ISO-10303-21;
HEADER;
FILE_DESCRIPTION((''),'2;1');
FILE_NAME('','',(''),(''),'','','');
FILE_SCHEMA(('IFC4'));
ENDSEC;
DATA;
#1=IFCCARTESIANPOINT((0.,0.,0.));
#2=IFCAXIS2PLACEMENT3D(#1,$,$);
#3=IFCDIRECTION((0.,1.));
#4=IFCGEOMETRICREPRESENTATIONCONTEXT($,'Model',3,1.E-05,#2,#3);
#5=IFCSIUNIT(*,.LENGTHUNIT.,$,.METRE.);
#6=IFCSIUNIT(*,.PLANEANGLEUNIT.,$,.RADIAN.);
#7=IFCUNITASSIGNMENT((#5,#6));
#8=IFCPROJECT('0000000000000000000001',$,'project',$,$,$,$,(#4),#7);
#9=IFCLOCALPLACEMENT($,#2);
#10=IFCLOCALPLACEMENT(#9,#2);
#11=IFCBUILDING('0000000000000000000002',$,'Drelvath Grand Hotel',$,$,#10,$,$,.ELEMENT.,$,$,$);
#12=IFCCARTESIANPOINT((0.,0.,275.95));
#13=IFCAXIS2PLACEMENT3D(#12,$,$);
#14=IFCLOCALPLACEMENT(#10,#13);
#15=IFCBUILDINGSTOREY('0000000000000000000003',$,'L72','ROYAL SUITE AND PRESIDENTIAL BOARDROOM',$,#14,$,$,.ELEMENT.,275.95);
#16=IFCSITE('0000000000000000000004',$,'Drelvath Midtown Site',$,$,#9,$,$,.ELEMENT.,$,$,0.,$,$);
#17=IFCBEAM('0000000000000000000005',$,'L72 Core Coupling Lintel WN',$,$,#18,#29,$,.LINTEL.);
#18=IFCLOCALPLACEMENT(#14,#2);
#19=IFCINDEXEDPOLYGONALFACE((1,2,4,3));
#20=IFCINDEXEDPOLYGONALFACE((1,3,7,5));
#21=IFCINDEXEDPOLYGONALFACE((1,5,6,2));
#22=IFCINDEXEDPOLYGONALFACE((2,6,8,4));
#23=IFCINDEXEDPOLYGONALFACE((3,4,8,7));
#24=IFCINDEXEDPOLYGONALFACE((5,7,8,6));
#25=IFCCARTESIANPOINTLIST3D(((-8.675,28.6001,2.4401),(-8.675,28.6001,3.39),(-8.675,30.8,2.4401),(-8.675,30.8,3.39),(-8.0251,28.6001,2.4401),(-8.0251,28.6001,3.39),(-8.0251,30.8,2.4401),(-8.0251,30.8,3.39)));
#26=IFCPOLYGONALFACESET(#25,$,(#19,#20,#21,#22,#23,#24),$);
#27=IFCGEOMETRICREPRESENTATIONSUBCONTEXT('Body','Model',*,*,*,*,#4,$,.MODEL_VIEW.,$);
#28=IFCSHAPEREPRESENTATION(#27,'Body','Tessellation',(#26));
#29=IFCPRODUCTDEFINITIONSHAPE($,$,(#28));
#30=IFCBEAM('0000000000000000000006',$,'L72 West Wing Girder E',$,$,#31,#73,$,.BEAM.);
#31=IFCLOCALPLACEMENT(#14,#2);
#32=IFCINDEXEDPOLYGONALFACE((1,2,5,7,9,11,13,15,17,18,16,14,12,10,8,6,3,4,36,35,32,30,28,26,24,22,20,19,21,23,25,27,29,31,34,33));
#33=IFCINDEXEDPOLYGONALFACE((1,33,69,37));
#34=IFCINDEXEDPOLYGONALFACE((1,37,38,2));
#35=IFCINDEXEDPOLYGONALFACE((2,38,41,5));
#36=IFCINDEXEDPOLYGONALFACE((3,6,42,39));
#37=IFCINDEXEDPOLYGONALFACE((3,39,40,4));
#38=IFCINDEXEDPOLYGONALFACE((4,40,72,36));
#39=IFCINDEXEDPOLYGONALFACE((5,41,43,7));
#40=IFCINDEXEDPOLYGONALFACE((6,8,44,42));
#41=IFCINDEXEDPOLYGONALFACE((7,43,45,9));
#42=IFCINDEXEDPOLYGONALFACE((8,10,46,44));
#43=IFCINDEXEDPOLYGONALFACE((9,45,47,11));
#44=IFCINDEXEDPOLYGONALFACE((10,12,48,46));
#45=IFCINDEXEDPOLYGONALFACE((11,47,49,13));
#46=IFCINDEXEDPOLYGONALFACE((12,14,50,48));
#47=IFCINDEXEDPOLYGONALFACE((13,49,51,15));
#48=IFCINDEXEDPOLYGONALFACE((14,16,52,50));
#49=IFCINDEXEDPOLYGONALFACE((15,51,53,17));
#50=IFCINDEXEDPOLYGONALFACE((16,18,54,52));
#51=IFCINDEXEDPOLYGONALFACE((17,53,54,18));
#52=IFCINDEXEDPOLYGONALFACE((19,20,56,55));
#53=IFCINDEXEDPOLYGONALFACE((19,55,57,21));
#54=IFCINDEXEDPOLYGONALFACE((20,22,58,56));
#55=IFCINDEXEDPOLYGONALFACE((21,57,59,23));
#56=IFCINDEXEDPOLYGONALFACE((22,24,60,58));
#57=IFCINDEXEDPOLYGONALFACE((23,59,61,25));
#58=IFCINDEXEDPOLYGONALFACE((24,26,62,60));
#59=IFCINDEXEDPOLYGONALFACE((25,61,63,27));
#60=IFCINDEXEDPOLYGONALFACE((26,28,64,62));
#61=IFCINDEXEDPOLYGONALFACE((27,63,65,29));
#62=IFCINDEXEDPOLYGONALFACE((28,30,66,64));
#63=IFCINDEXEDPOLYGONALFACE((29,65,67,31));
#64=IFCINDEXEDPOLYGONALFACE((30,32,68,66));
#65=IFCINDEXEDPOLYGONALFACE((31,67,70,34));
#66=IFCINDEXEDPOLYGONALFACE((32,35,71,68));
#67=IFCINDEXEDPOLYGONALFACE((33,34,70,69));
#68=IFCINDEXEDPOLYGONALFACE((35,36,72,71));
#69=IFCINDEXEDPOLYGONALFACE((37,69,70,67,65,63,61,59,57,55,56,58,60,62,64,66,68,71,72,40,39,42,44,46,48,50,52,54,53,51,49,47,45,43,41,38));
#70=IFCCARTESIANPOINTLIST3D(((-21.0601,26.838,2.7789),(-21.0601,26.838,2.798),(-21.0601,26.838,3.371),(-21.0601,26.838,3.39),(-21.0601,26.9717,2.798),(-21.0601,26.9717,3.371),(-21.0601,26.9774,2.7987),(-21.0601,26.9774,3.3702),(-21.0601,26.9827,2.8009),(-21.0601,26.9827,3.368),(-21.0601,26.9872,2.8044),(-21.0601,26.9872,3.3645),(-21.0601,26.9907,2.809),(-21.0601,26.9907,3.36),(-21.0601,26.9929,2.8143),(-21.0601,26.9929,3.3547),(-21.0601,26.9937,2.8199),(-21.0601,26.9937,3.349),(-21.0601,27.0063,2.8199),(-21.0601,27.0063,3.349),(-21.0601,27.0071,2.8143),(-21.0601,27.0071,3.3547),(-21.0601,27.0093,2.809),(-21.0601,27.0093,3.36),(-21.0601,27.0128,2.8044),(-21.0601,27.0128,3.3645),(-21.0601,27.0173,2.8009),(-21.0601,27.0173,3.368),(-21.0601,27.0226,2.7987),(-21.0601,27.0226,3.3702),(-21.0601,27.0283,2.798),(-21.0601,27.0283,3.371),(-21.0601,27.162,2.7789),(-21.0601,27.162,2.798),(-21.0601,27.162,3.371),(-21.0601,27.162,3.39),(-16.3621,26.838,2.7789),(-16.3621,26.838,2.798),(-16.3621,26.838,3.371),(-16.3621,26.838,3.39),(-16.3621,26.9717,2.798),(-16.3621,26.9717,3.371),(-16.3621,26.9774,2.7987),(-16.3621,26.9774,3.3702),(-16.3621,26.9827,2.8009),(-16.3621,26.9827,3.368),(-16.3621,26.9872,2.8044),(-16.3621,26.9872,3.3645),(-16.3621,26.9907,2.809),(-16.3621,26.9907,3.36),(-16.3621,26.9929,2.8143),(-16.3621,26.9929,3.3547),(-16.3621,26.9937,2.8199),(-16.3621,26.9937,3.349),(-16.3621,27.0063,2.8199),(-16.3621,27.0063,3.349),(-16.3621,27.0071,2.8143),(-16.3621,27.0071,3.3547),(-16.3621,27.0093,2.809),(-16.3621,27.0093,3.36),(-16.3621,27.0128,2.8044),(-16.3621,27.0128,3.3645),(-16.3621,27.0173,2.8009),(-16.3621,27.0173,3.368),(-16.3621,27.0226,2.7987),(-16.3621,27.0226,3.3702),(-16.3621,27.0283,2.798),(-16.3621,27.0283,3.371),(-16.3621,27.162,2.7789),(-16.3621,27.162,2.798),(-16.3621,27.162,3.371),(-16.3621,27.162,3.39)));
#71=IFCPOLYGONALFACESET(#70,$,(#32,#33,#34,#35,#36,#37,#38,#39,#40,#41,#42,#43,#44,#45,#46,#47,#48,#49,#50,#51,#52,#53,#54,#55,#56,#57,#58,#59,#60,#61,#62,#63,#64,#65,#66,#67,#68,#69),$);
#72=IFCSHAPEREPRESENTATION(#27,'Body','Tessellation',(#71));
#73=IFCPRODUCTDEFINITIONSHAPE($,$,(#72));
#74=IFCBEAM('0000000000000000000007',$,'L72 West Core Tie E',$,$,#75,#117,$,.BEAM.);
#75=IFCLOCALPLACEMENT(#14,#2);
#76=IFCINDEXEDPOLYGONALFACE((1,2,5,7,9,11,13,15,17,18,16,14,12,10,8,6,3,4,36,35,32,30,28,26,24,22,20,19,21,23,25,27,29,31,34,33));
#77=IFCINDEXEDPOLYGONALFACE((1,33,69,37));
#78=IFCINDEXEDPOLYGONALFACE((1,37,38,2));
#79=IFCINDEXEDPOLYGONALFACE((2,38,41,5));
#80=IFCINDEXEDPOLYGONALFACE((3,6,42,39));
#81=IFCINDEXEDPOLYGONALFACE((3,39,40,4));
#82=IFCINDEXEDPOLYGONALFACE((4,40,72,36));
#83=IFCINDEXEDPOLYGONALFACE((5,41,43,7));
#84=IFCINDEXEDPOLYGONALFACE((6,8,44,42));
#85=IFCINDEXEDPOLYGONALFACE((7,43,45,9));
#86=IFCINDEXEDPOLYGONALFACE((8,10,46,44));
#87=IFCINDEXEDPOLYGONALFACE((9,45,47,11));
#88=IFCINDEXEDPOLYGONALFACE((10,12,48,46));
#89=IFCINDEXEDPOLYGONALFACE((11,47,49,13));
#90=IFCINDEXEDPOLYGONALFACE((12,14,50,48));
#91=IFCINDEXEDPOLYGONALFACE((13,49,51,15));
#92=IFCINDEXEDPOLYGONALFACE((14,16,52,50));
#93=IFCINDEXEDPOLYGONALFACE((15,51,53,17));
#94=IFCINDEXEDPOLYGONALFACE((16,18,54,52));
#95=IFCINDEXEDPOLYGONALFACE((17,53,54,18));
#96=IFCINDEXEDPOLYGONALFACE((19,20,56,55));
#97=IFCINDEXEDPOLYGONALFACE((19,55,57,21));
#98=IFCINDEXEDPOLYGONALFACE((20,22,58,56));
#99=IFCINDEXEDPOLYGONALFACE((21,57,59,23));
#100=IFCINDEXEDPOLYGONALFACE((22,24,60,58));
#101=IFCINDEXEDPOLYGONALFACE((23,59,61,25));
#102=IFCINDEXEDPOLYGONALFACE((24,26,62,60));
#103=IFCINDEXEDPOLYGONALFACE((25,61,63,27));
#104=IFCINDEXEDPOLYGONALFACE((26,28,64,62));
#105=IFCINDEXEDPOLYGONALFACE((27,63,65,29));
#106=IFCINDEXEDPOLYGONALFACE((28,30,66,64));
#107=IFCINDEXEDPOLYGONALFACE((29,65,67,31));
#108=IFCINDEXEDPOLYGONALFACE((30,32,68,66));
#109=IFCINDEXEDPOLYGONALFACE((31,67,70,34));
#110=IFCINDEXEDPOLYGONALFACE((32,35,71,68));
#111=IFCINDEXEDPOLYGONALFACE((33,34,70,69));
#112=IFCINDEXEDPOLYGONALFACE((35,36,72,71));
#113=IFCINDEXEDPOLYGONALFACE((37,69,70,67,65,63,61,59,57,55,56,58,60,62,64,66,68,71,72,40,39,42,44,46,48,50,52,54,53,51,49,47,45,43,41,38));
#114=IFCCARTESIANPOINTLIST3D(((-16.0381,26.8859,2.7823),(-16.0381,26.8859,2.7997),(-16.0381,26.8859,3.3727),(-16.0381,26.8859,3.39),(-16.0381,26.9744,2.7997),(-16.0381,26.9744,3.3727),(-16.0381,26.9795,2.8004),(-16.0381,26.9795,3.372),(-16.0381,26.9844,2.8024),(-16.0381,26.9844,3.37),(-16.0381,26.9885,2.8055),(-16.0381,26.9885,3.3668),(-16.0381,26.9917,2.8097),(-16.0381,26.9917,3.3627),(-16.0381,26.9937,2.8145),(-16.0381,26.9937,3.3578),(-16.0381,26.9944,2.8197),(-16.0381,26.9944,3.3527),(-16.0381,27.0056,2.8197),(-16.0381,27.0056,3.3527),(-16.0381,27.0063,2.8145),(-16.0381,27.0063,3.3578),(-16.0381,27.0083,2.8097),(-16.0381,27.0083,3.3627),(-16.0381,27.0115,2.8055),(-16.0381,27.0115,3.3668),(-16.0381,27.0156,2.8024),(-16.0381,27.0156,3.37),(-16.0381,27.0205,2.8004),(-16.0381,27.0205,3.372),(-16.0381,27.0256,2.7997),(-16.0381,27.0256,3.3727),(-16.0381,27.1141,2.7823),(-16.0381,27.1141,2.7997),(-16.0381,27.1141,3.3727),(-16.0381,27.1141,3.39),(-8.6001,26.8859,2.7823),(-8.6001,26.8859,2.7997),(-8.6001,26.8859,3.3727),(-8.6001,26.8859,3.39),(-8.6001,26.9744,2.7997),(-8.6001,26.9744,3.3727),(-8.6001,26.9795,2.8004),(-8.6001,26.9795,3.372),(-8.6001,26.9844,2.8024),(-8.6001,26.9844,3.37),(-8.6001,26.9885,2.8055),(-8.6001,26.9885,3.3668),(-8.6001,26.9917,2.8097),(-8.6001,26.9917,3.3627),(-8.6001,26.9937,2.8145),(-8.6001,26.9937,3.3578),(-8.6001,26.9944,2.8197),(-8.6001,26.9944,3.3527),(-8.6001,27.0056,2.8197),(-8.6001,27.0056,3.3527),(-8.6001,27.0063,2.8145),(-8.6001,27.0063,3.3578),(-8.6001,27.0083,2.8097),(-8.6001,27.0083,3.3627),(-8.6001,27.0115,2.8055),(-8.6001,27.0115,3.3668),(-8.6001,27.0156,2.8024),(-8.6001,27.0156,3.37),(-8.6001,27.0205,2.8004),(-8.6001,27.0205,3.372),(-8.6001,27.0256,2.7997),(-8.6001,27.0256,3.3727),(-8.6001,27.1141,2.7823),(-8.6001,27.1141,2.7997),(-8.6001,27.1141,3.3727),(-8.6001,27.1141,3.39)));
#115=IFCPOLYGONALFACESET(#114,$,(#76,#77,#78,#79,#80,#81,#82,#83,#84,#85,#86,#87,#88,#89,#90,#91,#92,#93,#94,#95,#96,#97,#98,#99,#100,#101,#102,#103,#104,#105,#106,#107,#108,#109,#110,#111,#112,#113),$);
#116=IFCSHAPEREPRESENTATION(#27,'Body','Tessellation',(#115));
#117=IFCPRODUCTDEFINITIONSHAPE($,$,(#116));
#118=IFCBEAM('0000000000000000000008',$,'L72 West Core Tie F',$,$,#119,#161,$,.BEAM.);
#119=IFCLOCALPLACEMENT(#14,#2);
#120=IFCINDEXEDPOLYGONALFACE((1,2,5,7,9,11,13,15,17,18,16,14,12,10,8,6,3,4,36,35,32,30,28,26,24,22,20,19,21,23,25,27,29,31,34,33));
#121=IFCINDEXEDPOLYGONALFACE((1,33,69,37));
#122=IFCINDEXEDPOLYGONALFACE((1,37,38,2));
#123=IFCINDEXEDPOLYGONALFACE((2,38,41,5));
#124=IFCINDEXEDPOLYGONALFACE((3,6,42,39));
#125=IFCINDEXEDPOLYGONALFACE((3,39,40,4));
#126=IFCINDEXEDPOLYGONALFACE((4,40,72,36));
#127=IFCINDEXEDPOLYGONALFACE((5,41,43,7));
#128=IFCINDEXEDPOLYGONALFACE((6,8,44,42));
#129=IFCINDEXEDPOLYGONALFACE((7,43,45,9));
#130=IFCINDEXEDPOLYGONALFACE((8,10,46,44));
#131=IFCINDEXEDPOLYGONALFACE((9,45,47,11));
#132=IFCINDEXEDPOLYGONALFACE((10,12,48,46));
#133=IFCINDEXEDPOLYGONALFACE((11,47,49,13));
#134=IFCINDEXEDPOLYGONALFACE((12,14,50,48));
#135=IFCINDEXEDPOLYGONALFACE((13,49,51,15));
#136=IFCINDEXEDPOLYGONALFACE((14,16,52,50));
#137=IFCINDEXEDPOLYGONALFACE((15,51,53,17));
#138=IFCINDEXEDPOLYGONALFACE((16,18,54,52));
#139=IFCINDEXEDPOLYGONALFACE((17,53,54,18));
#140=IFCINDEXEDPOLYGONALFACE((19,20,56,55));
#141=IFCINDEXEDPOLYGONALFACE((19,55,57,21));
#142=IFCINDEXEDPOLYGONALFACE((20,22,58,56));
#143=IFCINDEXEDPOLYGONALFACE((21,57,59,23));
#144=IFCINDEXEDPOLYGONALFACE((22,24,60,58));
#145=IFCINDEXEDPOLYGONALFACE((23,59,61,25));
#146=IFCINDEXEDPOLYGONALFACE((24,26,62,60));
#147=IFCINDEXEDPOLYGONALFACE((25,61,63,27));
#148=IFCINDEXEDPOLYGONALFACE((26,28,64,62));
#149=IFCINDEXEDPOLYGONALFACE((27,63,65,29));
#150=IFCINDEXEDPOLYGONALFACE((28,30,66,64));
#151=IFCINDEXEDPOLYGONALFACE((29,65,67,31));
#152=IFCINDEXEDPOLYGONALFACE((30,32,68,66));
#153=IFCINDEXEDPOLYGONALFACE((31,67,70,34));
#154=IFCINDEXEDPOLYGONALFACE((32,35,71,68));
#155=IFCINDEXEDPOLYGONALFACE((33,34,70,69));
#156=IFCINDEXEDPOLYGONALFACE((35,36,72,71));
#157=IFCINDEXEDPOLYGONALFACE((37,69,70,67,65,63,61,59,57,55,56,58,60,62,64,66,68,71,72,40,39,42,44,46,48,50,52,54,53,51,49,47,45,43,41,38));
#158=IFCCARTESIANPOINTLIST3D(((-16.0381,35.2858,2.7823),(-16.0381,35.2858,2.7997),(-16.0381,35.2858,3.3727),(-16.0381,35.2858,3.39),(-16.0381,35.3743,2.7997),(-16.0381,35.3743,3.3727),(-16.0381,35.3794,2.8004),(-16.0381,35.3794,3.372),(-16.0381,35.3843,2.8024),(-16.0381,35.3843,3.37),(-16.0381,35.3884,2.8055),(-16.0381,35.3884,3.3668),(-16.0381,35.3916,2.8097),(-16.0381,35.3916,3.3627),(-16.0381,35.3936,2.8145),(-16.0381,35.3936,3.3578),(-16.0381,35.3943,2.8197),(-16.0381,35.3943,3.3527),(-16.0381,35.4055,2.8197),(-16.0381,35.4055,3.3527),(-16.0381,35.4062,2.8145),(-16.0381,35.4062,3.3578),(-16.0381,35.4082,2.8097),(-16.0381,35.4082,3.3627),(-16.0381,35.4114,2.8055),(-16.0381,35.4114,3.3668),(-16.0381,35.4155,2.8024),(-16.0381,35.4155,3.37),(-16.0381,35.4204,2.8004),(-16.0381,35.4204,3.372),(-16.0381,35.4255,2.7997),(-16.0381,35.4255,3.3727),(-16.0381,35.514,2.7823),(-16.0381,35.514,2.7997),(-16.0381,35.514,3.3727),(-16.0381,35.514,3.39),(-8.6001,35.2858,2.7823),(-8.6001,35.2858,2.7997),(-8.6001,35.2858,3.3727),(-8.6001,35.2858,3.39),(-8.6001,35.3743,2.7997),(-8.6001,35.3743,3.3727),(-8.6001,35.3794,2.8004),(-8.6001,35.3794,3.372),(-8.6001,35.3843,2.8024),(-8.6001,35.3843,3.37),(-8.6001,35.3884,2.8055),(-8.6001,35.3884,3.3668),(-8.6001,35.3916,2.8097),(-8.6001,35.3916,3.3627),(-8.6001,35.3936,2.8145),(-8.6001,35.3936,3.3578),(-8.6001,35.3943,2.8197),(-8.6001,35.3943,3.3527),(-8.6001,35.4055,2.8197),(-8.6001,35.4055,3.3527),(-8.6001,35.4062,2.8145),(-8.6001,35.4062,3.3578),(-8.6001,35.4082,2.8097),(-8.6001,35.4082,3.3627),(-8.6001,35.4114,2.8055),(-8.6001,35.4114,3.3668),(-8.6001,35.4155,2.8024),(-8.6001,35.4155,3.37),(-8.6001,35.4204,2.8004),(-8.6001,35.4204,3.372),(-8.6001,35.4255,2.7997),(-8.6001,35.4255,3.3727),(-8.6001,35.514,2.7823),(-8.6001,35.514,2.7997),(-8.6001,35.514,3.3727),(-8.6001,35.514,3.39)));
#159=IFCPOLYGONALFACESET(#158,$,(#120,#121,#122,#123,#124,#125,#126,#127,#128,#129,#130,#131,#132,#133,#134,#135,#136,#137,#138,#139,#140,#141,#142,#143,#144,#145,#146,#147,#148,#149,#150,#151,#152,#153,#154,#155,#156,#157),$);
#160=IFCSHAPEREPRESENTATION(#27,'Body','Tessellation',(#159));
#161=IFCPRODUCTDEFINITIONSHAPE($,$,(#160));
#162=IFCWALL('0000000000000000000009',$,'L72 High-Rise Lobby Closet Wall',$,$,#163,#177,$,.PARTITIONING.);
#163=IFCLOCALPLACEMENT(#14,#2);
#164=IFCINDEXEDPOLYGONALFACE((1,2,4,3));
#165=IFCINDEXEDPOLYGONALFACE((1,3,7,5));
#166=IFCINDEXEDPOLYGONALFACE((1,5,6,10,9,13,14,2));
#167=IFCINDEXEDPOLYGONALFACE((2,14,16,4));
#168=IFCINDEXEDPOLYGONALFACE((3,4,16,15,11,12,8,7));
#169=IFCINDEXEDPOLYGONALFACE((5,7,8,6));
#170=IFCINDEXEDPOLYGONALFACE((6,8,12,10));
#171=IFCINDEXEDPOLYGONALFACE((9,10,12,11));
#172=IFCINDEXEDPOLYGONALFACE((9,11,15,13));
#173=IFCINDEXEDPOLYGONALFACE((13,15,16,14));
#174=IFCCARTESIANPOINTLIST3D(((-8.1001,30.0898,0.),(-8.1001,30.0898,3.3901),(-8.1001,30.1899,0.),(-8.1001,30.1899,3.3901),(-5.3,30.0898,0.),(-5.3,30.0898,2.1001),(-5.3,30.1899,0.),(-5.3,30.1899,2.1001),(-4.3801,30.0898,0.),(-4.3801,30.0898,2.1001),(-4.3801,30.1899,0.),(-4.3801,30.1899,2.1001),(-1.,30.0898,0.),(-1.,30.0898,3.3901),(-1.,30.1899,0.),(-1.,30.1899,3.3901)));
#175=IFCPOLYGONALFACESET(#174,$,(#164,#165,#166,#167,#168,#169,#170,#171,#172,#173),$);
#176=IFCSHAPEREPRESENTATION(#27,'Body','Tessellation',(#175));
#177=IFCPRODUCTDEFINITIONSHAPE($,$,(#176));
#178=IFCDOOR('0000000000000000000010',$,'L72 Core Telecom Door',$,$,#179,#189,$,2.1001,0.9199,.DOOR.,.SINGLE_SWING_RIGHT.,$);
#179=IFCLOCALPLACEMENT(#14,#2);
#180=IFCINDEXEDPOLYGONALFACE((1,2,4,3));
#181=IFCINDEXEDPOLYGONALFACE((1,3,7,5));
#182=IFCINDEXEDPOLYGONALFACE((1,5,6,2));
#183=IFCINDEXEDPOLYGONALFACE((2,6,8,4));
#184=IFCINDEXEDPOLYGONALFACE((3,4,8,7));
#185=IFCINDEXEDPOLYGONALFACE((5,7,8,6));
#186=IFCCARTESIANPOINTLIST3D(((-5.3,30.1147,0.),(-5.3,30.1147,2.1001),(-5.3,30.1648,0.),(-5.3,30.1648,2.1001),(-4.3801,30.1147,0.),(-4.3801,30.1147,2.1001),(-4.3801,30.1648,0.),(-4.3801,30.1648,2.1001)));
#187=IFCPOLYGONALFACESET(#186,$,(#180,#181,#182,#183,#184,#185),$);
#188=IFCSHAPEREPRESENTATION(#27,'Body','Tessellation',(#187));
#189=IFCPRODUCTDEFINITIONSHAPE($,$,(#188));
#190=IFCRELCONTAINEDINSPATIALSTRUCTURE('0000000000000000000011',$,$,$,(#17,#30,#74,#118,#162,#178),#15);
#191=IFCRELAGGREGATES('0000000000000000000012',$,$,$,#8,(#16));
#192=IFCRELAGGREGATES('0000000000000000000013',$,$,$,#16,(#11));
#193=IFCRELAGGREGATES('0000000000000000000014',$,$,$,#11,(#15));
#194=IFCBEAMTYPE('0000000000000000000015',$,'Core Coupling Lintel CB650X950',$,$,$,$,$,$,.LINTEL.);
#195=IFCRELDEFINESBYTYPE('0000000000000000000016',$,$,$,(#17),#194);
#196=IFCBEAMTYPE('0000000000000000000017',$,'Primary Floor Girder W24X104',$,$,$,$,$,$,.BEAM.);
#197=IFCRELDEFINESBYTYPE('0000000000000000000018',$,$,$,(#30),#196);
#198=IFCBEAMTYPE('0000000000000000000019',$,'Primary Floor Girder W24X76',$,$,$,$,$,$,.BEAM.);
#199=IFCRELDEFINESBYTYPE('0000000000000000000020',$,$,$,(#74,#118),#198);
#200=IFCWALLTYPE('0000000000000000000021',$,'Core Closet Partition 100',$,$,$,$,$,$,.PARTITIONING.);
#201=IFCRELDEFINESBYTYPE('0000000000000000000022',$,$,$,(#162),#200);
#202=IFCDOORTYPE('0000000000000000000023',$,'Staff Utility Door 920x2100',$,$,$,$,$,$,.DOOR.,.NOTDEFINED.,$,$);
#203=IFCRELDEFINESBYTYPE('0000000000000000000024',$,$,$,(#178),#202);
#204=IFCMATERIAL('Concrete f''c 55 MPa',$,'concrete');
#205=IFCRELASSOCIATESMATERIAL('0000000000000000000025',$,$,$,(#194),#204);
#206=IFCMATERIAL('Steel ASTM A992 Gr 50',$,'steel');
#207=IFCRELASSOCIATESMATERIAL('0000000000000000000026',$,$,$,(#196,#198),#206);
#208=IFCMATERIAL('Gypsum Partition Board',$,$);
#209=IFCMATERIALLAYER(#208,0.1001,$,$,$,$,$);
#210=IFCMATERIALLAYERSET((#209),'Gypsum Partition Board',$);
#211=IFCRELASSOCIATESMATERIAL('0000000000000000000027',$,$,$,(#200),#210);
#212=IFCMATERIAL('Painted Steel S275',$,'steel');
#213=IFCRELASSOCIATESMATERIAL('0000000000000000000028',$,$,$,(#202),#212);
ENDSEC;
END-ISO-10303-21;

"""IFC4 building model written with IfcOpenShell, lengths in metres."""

from ifc_helpers import new_model, si_unit, direction, frame, frame_2d, origin, origin_2d, place, context, subcontext, project, spatial, rectangle, i_section, extrude, material, layer, layer_set, material_profile, profile_set, type_object, element, fill, save


model = new_model("IFC4")

# Units and contexts
model_context = context("Model", 3, precision=1e-05, world=origin(), true_north=direction((0.0, 1.0)))
body_context = subcontext(model_context, "Body", "Model", "MODEL_VIEW")
ifc_project = project(units=[si_unit("LENGTHUNIT", "METRE"), si_unit("PLANEANGLEUNIT", "RADIAN")], contexts=[model_context])

# Site, building, storey
site_placement = place(None, origin())
site = spatial("IfcSite", under=ifc_project, at=site_placement, Name="Drelvath Midtown Site", CompositionType="ELEMENT", RefElevation=0.0)
building_placement = place(site_placement, origin())
building = spatial("IfcBuilding", under=site, at=building_placement, Name="Drelvath Grand Hotel", CompositionType="ELEMENT")
storey_placement = place(building_placement, frame((0.0, 0.0, 275.95)))
storey = spatial("IfcBuildingStorey", under=building, at=storey_placement, Name="L72", Description="ROYAL SUITE AND PRESIDENTIAL BOARDROOM", CompositionType="ELEMENT", Elevation=275.95)

# Beams
ifc_material_1 = material(Name="Concrete f'c 55 MPa", Category="concrete")
ifc_material_profile_1 = material_profile(ifc_material_1, rectangle(XDim=0.6499, YDim=0.95, at=origin_2d()), Name="CB650X950")
ifc_profile_set_1 = profile_set([ifc_material_profile_1], Name="Concrete f'c 55 MPa")
beam_type_1 = type_object("IfcBeamType", Name="Core Coupling Lintel CB650X950", PredefinedType="LINTEL", material=ifc_profile_set_1)
beam_1_placement = place(storey_placement, frame((-8.3501, 28.6001, 2.915), z_axis=(0.0, 1.0, 0.0), x_axis=(-1.0, 0.0, 0.0)))
element("IfcBeam", 1, at=beam_1_placement, inside=storey, type_object=beam_type_1, Name="L72 Core Coupling Lintel WN", PredefinedType="LINTEL", context=body_context, shape_type="SweptSolid", body=[
    extrude(rectangle(XDim=0.6499, YDim=0.95, at=origin_2d()), origin(), (0.0, 0.0, 1.0), 2.2),
])
ifc_material_2 = material(Name="Steel ASTM A992 Gr 50", Category="steel")
ifc_material_profile_2 = material_profile(ifc_material_2, i_section(OverallWidth=0.324, OverallDepth=0.6111, WebThickness=0.0127, FlangeThickness=0.019, FilletRadius=0.022, at=origin_2d()), Name="W24X104")
ifc_profile_set_2 = profile_set([ifc_material_profile_2], Name="Steel ASTM A992 Gr 50")
beam_type_2 = type_object("IfcBeamType", Name="Primary Floor Girder W24X104", PredefinedType="BEAM", material=ifc_profile_set_2)
beam_2_placement = place(storey_placement, frame((-21.0601, 27.0, 3.0845), z_axis=(1.0, 0.0, 0.0), x_axis=(0.0, 1.0, 0.0)))
element("IfcBeam", 2, at=beam_2_placement, inside=storey, type_object=beam_type_2, Name="L72 West Wing Girder E", PredefinedType="BEAM", context=body_context, shape_type="SweptSolid", body=[
    extrude(i_section(OverallWidth=0.324, OverallDepth=0.6111, WebThickness=0.0127, FlangeThickness=0.019, FilletRadius=0.022, at=origin_2d()), origin(), (0.0, 0.0, 1.0), 4.698),
])
ifc_material_profile_3 = material_profile(ifc_material_2, i_section(OverallWidth=0.2283, OverallDepth=0.6077, WebThickness=0.0112, FlangeThickness=0.0173, FilletRadius=0.02, at=origin_2d()), Name="W24X76")
ifc_profile_set_3 = profile_set([ifc_material_profile_3], Name="Steel ASTM A992 Gr 50")
beam_type_3 = type_object("IfcBeamType", Name="Primary Floor Girder W24X76", PredefinedType="BEAM", material=ifc_profile_set_3)
for number, where, z_axis, x_axis, name in (
    (3, (-16.0381, 27.0, 3.0862), (1.0, 0.0, 0.0), (0.0, 1.0, 0.0), "L72 West Core Tie E"),
    (4, (-16.0381, 35.3999, 3.0862), (1.0, 0.0, 0.0), (0.0, 1.0, 0.0), "L72 West Core Tie F"),
):
    element("IfcBeam", number, at=place(storey_placement, frame(where, z_axis=z_axis, x_axis=x_axis)), inside=storey, type_object=beam_type_3, Name=name, PredefinedType="BEAM", context=body_context, shape_type="SweptSolid", body=[
        extrude(i_section(OverallWidth=0.2283, OverallDepth=0.6077, WebThickness=0.0112, FlangeThickness=0.0173, FilletRadius=0.02, at=origin_2d()), origin(), (0.0, 0.0, 1.0), 7.438),
    ])

# Wall, opening, door
ifc_material_3 = material(Name="Gypsum Partition Board")
ifc_layer_1 = layer(ifc_material_3, 0.1001)
ifc_layer_set_1 = layer_set([ifc_layer_1], Name="Gypsum Partition Board")
wall_type_1 = type_object("IfcWallType", Name="Core Closet Partition 100", PredefinedType="PARTITIONING", material=ifc_layer_set_1)
wall_1_placement = place(storey_placement, frame((-8.1001, 30.1399, 0.0), z_axis=(0.0, 0.0, 1.0), x_axis=(1.0, 0.0, 0.0)))
wall_1 = element("IfcWall", 5, at=wall_1_placement, inside=storey, type_object=wall_type_1, Name="L72 High-Rise Lobby Closet Wall", PredefinedType="PARTITIONING", context=body_context, shape_type="SweptSolid", body=[
    extrude(rectangle(XDim=7.1001, YDim=0.1001, at=frame_2d((3.55, 0.0))), origin(), (0.0, 0.0, 1.0), 3.3901),
])
opening_1_placement = place(wall_1_placement, frame((2.8, 0.0, 0.0)))
opening_1 = element("IfcOpeningElement", 6, at=opening_1_placement, cuts=wall_1, PredefinedType="OPENING", context=body_context, shape_type="SweptSolid", body=[
    extrude(rectangle(XDim=0.9199, YDim=2.1001, at=frame_2d((0.46, 1.05))), frame((0.0, 0.0601, 0.0), z_axis=(0.0, -1.0, 0.0), x_axis=(1.0, 0.0, 0.0)), (0.0, 0.0, 1.0), 0.1201),
])
ifc_material_4 = material(Name="Painted Steel S275", Category="steel")
door_type_1 = type_object("IfcDoorType", Name="Staff Utility Door 920x2100", OperationType="NOTDEFINED", PredefinedType="DOOR", material=ifc_material_4)
door_1_placement = place(opening_1_placement, origin())
door_1 = element("IfcDoor", 7, at=door_1_placement, inside=storey, type_object=door_type_1, Name="L72 Core Telecom Door", OperationType="SINGLE_SWING_RIGHT", OverallHeight=2.1001, OverallWidth=0.9199, PredefinedType="DOOR", context=body_context, shape_type="SweptSolid", body=[
    extrude(rectangle(XDim=0.9199, YDim=2.1001, at=frame_2d((0.46, 1.05))), frame((0.0, 0.0249, 0.0), z_axis=(0.0, -1.0, 0.0), x_axis=(1.0, 0.0, 0.0)), (0.0, 0.0, 1.0), 0.05),
])
fill(opening_1, door_1)

save(model, "model.ifc")
